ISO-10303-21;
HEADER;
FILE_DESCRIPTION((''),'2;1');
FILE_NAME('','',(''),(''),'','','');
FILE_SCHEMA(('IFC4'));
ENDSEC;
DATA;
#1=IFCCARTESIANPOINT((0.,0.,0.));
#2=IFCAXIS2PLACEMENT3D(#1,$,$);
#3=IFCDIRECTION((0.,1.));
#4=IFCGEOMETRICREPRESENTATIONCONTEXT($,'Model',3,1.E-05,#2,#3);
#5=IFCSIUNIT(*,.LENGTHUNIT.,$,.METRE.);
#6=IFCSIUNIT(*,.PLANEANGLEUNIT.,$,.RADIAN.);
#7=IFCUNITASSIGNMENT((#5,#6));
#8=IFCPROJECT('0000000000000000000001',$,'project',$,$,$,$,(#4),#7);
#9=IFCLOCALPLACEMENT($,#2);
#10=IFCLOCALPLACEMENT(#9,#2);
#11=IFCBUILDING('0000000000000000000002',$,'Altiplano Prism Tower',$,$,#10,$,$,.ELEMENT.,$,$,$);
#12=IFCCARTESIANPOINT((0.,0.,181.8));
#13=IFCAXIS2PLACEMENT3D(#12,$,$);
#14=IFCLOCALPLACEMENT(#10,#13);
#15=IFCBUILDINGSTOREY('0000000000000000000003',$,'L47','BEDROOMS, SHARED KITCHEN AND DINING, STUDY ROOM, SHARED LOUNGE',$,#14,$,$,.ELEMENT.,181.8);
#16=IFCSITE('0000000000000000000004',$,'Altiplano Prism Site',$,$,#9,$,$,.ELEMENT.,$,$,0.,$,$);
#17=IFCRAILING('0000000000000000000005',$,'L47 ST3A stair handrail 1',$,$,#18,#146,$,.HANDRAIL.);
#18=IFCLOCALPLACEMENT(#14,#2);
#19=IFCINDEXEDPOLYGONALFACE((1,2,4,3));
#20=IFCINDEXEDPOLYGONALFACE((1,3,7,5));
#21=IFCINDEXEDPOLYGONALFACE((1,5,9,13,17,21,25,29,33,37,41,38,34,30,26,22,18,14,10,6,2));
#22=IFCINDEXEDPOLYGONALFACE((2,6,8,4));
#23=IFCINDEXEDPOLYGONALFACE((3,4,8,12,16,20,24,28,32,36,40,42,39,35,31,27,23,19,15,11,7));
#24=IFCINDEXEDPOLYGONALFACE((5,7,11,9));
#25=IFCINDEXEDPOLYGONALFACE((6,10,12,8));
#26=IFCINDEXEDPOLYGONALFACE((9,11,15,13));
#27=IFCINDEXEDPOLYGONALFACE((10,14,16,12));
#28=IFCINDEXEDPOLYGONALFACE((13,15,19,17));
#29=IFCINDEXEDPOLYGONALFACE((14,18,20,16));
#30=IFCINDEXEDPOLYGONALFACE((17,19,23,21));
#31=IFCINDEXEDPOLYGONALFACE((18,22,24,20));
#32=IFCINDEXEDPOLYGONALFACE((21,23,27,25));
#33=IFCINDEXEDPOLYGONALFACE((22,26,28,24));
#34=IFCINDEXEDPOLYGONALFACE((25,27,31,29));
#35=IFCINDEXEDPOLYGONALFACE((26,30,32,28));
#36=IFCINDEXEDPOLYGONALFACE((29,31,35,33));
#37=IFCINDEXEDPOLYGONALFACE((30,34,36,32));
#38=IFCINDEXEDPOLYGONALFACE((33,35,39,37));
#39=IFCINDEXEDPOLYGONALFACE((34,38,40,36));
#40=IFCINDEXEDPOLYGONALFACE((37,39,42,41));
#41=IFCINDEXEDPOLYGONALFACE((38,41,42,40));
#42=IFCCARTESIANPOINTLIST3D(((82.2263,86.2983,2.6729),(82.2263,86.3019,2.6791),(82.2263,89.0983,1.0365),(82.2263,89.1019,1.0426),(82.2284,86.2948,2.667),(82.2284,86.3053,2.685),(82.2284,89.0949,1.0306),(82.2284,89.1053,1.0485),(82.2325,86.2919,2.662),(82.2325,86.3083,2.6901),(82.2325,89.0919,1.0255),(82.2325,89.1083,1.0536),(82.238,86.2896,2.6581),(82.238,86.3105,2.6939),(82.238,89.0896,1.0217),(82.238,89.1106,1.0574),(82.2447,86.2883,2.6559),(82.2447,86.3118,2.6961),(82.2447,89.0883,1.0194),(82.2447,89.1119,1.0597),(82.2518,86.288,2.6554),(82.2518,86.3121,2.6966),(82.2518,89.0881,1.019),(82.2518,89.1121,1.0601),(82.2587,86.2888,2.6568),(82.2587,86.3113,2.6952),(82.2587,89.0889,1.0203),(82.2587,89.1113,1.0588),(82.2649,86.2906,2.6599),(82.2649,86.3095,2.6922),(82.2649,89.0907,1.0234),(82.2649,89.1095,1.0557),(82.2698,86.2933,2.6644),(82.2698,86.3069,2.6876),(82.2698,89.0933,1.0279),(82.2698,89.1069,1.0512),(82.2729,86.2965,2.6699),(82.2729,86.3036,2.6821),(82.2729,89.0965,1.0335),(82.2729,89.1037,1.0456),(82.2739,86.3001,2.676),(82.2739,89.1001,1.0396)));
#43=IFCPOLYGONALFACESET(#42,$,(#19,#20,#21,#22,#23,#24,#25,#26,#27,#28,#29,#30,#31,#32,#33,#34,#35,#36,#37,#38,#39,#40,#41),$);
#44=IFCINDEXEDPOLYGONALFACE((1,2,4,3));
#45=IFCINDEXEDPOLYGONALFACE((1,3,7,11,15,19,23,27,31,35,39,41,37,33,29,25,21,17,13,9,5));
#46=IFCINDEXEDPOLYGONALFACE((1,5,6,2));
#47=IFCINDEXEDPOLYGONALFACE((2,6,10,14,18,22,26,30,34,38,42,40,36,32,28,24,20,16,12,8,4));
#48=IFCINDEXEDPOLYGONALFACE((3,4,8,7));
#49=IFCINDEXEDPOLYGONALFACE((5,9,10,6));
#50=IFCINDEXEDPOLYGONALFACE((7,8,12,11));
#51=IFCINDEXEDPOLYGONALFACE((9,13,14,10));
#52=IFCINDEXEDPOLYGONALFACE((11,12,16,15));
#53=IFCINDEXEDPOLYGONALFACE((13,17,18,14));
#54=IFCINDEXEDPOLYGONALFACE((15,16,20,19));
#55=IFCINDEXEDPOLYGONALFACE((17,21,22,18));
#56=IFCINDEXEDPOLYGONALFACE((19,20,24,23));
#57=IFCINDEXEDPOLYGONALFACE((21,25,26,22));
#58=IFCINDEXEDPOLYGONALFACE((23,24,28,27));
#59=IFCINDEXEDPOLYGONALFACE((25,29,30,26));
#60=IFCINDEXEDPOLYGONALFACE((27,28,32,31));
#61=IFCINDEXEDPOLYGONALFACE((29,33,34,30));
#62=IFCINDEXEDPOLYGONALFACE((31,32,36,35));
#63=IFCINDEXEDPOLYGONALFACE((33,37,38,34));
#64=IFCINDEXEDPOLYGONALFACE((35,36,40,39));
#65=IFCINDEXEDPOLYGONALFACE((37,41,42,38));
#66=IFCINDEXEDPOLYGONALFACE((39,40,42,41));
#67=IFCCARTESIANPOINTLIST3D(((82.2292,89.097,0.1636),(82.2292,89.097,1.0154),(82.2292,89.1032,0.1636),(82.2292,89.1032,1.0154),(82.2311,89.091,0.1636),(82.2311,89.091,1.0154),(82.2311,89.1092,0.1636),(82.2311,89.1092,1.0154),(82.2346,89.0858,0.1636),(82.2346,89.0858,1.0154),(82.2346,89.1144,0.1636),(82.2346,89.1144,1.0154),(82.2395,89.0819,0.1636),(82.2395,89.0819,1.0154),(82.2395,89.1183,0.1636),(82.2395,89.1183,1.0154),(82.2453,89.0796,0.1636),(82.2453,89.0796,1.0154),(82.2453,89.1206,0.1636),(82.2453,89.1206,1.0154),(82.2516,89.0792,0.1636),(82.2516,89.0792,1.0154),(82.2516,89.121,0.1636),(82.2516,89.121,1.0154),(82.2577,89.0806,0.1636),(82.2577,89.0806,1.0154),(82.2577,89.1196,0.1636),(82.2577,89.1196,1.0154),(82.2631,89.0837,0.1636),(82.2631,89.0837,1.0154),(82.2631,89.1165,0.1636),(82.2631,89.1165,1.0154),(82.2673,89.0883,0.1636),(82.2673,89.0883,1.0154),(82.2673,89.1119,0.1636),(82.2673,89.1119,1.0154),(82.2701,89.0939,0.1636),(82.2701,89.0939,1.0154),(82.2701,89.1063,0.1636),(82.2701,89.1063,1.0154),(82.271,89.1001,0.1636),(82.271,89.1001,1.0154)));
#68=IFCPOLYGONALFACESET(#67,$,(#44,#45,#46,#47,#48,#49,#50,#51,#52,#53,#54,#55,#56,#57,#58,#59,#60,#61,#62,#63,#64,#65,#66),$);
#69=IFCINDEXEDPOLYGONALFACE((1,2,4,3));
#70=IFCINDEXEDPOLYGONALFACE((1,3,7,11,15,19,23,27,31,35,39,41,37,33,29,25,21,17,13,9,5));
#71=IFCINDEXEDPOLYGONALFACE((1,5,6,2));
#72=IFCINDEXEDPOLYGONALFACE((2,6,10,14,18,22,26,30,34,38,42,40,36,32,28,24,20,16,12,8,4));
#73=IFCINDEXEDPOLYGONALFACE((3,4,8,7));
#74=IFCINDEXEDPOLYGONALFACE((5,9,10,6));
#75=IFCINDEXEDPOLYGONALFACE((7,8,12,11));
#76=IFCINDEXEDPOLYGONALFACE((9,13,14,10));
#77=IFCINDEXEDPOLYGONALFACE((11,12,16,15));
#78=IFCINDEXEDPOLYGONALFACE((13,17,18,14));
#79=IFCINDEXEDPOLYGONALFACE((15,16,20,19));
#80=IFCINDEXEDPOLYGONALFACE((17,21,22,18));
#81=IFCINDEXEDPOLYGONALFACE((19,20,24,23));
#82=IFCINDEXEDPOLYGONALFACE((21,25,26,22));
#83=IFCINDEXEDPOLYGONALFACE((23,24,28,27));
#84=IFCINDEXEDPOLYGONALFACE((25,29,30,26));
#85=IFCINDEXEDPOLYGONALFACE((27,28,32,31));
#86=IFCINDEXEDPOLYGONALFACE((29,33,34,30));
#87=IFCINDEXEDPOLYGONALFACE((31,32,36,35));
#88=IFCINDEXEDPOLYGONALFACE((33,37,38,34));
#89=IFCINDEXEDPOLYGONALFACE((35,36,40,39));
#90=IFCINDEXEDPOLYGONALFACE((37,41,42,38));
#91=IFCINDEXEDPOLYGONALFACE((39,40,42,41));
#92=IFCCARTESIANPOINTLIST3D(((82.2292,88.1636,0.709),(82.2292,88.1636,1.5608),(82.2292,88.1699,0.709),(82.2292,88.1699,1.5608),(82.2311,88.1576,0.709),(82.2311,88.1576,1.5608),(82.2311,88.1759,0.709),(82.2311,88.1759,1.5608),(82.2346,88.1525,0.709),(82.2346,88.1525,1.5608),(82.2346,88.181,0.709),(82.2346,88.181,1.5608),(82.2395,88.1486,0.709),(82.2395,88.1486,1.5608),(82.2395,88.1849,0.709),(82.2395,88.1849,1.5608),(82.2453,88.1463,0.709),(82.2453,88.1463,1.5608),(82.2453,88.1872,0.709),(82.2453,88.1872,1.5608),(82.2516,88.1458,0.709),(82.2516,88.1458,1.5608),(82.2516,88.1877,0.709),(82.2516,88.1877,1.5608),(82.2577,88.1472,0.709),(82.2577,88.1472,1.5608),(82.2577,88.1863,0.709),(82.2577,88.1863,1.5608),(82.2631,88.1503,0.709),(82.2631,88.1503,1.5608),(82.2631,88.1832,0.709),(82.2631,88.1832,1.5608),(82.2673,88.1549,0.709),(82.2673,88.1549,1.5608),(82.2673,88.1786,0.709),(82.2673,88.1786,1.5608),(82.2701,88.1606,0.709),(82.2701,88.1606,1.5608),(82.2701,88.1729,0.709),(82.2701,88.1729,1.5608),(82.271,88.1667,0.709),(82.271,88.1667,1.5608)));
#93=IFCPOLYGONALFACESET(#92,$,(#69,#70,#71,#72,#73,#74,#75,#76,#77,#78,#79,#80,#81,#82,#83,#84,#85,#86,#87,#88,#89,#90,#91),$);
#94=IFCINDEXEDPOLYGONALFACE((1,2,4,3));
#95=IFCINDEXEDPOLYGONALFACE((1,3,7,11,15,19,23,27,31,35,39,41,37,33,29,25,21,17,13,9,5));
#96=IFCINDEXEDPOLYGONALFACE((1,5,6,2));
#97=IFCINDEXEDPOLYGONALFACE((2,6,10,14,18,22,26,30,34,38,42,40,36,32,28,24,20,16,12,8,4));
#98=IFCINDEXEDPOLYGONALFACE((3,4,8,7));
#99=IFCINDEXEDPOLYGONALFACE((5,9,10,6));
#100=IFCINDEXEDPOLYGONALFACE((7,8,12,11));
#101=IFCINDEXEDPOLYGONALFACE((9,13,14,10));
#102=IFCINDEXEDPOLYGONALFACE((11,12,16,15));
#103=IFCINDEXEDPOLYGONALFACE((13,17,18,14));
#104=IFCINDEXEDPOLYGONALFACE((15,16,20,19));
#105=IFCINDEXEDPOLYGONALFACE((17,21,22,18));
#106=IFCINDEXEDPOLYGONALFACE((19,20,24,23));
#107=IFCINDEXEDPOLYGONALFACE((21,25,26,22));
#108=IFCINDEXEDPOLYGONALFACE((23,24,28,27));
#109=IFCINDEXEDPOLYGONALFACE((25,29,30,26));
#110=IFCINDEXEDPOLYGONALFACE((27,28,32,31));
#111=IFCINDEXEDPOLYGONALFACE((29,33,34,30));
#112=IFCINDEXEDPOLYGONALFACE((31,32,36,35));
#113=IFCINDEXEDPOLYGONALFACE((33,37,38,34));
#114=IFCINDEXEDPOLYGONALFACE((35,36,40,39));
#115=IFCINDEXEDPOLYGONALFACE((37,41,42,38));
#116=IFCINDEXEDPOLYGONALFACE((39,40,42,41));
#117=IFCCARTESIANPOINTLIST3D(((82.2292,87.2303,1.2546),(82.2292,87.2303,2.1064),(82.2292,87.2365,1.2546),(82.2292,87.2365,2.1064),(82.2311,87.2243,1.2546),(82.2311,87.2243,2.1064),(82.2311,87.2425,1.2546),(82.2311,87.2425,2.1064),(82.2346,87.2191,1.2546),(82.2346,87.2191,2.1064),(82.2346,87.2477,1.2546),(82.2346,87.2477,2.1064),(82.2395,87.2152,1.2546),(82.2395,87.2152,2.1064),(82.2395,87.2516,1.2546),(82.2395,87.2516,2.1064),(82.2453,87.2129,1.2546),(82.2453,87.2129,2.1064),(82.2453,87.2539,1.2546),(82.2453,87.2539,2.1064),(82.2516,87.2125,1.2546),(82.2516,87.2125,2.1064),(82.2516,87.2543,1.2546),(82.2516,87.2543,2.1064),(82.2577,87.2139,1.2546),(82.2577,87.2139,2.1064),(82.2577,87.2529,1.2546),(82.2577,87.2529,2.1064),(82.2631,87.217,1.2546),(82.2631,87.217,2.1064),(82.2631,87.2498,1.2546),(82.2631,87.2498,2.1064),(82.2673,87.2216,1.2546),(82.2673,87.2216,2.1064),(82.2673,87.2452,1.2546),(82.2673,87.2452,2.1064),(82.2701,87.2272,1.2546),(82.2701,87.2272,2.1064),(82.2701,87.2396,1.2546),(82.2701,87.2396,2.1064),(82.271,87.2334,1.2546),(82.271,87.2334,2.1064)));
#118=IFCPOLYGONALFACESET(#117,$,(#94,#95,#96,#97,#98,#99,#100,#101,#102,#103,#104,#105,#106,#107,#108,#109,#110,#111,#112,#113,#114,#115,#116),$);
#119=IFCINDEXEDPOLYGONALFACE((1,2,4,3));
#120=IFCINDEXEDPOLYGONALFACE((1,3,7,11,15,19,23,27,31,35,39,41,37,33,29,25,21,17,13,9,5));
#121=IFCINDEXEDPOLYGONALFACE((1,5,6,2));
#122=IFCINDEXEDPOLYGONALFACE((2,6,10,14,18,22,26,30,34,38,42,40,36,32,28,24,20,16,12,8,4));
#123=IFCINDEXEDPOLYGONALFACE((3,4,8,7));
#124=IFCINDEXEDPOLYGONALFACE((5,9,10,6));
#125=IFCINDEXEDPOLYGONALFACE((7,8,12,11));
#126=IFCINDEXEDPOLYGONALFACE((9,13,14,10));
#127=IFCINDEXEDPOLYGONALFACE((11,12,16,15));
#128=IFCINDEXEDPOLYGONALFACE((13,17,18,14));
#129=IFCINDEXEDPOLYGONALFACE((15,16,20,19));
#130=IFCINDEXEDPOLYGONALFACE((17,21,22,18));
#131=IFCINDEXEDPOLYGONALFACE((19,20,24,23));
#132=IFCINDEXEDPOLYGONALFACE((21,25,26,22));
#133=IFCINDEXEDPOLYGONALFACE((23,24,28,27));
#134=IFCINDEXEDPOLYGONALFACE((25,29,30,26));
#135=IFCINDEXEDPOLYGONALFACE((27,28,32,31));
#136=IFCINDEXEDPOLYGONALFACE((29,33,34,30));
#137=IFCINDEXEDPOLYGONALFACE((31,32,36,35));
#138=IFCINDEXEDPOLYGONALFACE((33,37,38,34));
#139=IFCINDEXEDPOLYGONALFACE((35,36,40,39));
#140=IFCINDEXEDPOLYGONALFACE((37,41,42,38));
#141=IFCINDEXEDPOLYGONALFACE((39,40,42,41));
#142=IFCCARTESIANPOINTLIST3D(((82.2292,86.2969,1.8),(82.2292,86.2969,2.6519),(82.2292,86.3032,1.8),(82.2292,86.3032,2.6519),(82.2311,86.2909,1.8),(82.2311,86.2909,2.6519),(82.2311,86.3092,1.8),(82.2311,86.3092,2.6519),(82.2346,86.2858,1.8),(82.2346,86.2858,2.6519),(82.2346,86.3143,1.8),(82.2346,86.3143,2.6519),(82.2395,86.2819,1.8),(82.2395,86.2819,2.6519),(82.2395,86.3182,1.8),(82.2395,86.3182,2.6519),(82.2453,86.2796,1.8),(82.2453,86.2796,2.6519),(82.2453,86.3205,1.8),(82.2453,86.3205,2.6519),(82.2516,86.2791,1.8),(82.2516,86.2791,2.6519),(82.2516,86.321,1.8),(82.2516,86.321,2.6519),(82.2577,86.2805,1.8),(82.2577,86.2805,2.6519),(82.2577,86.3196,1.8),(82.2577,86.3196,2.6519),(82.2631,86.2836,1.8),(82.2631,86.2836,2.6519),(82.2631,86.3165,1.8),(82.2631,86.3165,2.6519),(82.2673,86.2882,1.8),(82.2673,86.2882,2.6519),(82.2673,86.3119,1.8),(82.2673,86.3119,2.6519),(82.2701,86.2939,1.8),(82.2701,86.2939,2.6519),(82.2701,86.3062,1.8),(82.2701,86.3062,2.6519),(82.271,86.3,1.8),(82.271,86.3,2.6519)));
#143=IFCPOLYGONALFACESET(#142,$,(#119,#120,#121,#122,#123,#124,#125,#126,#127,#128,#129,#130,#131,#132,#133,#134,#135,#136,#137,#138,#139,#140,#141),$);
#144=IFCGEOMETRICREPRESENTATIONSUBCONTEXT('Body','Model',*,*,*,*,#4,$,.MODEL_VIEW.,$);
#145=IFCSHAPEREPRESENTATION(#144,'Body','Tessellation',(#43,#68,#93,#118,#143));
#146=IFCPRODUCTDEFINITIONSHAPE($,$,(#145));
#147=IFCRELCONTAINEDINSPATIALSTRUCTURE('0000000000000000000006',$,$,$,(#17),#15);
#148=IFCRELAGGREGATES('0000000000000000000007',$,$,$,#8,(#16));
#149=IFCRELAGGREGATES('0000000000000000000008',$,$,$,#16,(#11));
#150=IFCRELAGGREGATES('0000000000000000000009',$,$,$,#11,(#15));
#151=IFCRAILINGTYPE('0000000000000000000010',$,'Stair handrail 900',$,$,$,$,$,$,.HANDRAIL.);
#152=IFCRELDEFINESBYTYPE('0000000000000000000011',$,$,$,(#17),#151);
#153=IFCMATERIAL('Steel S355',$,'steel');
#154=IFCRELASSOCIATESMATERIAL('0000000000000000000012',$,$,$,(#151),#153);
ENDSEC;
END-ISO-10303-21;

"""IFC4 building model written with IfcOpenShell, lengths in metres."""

from ifc_helpers import new_model, si_unit, direction, frame, origin, origin_2d, place, context, subcontext, project, spatial, circle, extrude, material, type_object, element, save


model = new_model("IFC4")

# Units and contexts
model_context = context("Model", 3, precision=1e-05, world=origin(), true_north=direction((0.0, 1.0)))
body_context = subcontext(model_context, "Body", "Model", "MODEL_VIEW")
ifc_project = project(units=[si_unit("LENGTHUNIT", "METRE"), si_unit("PLANEANGLEUNIT", "RADIAN")], contexts=[model_context])

# Site, building, storey
site_placement = place(None, origin())
site = spatial("IfcSite", under=ifc_project, at=site_placement, Name="Altiplano Prism Site", CompositionType="ELEMENT", RefElevation=0.0)
building_placement = place(site_placement, origin())
building = spatial("IfcBuilding", under=site, at=building_placement, Name="Altiplano Prism Tower", CompositionType="ELEMENT")
storey_placement = place(building_placement, frame((0.0, 0.0, 181.8)))
storey = spatial("IfcBuildingStorey", under=building, at=storey_placement, Name="L47", Description="BEDROOMS, SHARED KITCHEN AND DINING, STUDY ROOM, SHARED LOUNGE", CompositionType="ELEMENT", Elevation=181.8)

# Railing
ifc_material_1 = material(Name="Steel S355", Category="steel")
railing_type_1 = type_object("IfcRailingType", Name="Stair handrail 900", PredefinedType="HANDRAIL", material=ifc_material_1)
for number, where, name in (
    (1, (82.25, 89.1001, 0.1636), "L47 ST3A stair handrail 1"),
):
    element("IfcRailing", number, at=place(storey_placement, frame(where)), inside=storey, type_object=railing_type_1, Name=name, PredefinedType="HANDRAIL", context=body_context, shape_type="SweptSolid", body=[
        extrude(circle(Radius=0.0239, at=origin_2d()), frame((0.0, 0.0, 0.876), z_axis=(0.0, -0.863361, 0.504587), x_axis=(1.0, 0.0, 0.0)), (0.0, 0.0, 1.0), 3.2432),
        extrude(circle(Radius=0.021, at=origin_2d()), origin(), (0.0, 0.0, 1.0), 0.8518),
        extrude(circle(Radius=0.021, at=origin_2d()), frame((0.0, -0.9333, 0.5454)), (0.0, 0.0, 1.0), 0.8518),
        extrude(circle(Radius=0.021, at=origin_2d()), frame((0.0, -1.8667, 1.0911)), (0.0, 0.0, 1.0), 0.8518),
        extrude(circle(Radius=0.021, at=origin_2d()), frame((0.0, -2.8, 1.6365)), (0.0, 0.0, 1.0), 0.8518),
    ])

save(model, "model.ifc")
